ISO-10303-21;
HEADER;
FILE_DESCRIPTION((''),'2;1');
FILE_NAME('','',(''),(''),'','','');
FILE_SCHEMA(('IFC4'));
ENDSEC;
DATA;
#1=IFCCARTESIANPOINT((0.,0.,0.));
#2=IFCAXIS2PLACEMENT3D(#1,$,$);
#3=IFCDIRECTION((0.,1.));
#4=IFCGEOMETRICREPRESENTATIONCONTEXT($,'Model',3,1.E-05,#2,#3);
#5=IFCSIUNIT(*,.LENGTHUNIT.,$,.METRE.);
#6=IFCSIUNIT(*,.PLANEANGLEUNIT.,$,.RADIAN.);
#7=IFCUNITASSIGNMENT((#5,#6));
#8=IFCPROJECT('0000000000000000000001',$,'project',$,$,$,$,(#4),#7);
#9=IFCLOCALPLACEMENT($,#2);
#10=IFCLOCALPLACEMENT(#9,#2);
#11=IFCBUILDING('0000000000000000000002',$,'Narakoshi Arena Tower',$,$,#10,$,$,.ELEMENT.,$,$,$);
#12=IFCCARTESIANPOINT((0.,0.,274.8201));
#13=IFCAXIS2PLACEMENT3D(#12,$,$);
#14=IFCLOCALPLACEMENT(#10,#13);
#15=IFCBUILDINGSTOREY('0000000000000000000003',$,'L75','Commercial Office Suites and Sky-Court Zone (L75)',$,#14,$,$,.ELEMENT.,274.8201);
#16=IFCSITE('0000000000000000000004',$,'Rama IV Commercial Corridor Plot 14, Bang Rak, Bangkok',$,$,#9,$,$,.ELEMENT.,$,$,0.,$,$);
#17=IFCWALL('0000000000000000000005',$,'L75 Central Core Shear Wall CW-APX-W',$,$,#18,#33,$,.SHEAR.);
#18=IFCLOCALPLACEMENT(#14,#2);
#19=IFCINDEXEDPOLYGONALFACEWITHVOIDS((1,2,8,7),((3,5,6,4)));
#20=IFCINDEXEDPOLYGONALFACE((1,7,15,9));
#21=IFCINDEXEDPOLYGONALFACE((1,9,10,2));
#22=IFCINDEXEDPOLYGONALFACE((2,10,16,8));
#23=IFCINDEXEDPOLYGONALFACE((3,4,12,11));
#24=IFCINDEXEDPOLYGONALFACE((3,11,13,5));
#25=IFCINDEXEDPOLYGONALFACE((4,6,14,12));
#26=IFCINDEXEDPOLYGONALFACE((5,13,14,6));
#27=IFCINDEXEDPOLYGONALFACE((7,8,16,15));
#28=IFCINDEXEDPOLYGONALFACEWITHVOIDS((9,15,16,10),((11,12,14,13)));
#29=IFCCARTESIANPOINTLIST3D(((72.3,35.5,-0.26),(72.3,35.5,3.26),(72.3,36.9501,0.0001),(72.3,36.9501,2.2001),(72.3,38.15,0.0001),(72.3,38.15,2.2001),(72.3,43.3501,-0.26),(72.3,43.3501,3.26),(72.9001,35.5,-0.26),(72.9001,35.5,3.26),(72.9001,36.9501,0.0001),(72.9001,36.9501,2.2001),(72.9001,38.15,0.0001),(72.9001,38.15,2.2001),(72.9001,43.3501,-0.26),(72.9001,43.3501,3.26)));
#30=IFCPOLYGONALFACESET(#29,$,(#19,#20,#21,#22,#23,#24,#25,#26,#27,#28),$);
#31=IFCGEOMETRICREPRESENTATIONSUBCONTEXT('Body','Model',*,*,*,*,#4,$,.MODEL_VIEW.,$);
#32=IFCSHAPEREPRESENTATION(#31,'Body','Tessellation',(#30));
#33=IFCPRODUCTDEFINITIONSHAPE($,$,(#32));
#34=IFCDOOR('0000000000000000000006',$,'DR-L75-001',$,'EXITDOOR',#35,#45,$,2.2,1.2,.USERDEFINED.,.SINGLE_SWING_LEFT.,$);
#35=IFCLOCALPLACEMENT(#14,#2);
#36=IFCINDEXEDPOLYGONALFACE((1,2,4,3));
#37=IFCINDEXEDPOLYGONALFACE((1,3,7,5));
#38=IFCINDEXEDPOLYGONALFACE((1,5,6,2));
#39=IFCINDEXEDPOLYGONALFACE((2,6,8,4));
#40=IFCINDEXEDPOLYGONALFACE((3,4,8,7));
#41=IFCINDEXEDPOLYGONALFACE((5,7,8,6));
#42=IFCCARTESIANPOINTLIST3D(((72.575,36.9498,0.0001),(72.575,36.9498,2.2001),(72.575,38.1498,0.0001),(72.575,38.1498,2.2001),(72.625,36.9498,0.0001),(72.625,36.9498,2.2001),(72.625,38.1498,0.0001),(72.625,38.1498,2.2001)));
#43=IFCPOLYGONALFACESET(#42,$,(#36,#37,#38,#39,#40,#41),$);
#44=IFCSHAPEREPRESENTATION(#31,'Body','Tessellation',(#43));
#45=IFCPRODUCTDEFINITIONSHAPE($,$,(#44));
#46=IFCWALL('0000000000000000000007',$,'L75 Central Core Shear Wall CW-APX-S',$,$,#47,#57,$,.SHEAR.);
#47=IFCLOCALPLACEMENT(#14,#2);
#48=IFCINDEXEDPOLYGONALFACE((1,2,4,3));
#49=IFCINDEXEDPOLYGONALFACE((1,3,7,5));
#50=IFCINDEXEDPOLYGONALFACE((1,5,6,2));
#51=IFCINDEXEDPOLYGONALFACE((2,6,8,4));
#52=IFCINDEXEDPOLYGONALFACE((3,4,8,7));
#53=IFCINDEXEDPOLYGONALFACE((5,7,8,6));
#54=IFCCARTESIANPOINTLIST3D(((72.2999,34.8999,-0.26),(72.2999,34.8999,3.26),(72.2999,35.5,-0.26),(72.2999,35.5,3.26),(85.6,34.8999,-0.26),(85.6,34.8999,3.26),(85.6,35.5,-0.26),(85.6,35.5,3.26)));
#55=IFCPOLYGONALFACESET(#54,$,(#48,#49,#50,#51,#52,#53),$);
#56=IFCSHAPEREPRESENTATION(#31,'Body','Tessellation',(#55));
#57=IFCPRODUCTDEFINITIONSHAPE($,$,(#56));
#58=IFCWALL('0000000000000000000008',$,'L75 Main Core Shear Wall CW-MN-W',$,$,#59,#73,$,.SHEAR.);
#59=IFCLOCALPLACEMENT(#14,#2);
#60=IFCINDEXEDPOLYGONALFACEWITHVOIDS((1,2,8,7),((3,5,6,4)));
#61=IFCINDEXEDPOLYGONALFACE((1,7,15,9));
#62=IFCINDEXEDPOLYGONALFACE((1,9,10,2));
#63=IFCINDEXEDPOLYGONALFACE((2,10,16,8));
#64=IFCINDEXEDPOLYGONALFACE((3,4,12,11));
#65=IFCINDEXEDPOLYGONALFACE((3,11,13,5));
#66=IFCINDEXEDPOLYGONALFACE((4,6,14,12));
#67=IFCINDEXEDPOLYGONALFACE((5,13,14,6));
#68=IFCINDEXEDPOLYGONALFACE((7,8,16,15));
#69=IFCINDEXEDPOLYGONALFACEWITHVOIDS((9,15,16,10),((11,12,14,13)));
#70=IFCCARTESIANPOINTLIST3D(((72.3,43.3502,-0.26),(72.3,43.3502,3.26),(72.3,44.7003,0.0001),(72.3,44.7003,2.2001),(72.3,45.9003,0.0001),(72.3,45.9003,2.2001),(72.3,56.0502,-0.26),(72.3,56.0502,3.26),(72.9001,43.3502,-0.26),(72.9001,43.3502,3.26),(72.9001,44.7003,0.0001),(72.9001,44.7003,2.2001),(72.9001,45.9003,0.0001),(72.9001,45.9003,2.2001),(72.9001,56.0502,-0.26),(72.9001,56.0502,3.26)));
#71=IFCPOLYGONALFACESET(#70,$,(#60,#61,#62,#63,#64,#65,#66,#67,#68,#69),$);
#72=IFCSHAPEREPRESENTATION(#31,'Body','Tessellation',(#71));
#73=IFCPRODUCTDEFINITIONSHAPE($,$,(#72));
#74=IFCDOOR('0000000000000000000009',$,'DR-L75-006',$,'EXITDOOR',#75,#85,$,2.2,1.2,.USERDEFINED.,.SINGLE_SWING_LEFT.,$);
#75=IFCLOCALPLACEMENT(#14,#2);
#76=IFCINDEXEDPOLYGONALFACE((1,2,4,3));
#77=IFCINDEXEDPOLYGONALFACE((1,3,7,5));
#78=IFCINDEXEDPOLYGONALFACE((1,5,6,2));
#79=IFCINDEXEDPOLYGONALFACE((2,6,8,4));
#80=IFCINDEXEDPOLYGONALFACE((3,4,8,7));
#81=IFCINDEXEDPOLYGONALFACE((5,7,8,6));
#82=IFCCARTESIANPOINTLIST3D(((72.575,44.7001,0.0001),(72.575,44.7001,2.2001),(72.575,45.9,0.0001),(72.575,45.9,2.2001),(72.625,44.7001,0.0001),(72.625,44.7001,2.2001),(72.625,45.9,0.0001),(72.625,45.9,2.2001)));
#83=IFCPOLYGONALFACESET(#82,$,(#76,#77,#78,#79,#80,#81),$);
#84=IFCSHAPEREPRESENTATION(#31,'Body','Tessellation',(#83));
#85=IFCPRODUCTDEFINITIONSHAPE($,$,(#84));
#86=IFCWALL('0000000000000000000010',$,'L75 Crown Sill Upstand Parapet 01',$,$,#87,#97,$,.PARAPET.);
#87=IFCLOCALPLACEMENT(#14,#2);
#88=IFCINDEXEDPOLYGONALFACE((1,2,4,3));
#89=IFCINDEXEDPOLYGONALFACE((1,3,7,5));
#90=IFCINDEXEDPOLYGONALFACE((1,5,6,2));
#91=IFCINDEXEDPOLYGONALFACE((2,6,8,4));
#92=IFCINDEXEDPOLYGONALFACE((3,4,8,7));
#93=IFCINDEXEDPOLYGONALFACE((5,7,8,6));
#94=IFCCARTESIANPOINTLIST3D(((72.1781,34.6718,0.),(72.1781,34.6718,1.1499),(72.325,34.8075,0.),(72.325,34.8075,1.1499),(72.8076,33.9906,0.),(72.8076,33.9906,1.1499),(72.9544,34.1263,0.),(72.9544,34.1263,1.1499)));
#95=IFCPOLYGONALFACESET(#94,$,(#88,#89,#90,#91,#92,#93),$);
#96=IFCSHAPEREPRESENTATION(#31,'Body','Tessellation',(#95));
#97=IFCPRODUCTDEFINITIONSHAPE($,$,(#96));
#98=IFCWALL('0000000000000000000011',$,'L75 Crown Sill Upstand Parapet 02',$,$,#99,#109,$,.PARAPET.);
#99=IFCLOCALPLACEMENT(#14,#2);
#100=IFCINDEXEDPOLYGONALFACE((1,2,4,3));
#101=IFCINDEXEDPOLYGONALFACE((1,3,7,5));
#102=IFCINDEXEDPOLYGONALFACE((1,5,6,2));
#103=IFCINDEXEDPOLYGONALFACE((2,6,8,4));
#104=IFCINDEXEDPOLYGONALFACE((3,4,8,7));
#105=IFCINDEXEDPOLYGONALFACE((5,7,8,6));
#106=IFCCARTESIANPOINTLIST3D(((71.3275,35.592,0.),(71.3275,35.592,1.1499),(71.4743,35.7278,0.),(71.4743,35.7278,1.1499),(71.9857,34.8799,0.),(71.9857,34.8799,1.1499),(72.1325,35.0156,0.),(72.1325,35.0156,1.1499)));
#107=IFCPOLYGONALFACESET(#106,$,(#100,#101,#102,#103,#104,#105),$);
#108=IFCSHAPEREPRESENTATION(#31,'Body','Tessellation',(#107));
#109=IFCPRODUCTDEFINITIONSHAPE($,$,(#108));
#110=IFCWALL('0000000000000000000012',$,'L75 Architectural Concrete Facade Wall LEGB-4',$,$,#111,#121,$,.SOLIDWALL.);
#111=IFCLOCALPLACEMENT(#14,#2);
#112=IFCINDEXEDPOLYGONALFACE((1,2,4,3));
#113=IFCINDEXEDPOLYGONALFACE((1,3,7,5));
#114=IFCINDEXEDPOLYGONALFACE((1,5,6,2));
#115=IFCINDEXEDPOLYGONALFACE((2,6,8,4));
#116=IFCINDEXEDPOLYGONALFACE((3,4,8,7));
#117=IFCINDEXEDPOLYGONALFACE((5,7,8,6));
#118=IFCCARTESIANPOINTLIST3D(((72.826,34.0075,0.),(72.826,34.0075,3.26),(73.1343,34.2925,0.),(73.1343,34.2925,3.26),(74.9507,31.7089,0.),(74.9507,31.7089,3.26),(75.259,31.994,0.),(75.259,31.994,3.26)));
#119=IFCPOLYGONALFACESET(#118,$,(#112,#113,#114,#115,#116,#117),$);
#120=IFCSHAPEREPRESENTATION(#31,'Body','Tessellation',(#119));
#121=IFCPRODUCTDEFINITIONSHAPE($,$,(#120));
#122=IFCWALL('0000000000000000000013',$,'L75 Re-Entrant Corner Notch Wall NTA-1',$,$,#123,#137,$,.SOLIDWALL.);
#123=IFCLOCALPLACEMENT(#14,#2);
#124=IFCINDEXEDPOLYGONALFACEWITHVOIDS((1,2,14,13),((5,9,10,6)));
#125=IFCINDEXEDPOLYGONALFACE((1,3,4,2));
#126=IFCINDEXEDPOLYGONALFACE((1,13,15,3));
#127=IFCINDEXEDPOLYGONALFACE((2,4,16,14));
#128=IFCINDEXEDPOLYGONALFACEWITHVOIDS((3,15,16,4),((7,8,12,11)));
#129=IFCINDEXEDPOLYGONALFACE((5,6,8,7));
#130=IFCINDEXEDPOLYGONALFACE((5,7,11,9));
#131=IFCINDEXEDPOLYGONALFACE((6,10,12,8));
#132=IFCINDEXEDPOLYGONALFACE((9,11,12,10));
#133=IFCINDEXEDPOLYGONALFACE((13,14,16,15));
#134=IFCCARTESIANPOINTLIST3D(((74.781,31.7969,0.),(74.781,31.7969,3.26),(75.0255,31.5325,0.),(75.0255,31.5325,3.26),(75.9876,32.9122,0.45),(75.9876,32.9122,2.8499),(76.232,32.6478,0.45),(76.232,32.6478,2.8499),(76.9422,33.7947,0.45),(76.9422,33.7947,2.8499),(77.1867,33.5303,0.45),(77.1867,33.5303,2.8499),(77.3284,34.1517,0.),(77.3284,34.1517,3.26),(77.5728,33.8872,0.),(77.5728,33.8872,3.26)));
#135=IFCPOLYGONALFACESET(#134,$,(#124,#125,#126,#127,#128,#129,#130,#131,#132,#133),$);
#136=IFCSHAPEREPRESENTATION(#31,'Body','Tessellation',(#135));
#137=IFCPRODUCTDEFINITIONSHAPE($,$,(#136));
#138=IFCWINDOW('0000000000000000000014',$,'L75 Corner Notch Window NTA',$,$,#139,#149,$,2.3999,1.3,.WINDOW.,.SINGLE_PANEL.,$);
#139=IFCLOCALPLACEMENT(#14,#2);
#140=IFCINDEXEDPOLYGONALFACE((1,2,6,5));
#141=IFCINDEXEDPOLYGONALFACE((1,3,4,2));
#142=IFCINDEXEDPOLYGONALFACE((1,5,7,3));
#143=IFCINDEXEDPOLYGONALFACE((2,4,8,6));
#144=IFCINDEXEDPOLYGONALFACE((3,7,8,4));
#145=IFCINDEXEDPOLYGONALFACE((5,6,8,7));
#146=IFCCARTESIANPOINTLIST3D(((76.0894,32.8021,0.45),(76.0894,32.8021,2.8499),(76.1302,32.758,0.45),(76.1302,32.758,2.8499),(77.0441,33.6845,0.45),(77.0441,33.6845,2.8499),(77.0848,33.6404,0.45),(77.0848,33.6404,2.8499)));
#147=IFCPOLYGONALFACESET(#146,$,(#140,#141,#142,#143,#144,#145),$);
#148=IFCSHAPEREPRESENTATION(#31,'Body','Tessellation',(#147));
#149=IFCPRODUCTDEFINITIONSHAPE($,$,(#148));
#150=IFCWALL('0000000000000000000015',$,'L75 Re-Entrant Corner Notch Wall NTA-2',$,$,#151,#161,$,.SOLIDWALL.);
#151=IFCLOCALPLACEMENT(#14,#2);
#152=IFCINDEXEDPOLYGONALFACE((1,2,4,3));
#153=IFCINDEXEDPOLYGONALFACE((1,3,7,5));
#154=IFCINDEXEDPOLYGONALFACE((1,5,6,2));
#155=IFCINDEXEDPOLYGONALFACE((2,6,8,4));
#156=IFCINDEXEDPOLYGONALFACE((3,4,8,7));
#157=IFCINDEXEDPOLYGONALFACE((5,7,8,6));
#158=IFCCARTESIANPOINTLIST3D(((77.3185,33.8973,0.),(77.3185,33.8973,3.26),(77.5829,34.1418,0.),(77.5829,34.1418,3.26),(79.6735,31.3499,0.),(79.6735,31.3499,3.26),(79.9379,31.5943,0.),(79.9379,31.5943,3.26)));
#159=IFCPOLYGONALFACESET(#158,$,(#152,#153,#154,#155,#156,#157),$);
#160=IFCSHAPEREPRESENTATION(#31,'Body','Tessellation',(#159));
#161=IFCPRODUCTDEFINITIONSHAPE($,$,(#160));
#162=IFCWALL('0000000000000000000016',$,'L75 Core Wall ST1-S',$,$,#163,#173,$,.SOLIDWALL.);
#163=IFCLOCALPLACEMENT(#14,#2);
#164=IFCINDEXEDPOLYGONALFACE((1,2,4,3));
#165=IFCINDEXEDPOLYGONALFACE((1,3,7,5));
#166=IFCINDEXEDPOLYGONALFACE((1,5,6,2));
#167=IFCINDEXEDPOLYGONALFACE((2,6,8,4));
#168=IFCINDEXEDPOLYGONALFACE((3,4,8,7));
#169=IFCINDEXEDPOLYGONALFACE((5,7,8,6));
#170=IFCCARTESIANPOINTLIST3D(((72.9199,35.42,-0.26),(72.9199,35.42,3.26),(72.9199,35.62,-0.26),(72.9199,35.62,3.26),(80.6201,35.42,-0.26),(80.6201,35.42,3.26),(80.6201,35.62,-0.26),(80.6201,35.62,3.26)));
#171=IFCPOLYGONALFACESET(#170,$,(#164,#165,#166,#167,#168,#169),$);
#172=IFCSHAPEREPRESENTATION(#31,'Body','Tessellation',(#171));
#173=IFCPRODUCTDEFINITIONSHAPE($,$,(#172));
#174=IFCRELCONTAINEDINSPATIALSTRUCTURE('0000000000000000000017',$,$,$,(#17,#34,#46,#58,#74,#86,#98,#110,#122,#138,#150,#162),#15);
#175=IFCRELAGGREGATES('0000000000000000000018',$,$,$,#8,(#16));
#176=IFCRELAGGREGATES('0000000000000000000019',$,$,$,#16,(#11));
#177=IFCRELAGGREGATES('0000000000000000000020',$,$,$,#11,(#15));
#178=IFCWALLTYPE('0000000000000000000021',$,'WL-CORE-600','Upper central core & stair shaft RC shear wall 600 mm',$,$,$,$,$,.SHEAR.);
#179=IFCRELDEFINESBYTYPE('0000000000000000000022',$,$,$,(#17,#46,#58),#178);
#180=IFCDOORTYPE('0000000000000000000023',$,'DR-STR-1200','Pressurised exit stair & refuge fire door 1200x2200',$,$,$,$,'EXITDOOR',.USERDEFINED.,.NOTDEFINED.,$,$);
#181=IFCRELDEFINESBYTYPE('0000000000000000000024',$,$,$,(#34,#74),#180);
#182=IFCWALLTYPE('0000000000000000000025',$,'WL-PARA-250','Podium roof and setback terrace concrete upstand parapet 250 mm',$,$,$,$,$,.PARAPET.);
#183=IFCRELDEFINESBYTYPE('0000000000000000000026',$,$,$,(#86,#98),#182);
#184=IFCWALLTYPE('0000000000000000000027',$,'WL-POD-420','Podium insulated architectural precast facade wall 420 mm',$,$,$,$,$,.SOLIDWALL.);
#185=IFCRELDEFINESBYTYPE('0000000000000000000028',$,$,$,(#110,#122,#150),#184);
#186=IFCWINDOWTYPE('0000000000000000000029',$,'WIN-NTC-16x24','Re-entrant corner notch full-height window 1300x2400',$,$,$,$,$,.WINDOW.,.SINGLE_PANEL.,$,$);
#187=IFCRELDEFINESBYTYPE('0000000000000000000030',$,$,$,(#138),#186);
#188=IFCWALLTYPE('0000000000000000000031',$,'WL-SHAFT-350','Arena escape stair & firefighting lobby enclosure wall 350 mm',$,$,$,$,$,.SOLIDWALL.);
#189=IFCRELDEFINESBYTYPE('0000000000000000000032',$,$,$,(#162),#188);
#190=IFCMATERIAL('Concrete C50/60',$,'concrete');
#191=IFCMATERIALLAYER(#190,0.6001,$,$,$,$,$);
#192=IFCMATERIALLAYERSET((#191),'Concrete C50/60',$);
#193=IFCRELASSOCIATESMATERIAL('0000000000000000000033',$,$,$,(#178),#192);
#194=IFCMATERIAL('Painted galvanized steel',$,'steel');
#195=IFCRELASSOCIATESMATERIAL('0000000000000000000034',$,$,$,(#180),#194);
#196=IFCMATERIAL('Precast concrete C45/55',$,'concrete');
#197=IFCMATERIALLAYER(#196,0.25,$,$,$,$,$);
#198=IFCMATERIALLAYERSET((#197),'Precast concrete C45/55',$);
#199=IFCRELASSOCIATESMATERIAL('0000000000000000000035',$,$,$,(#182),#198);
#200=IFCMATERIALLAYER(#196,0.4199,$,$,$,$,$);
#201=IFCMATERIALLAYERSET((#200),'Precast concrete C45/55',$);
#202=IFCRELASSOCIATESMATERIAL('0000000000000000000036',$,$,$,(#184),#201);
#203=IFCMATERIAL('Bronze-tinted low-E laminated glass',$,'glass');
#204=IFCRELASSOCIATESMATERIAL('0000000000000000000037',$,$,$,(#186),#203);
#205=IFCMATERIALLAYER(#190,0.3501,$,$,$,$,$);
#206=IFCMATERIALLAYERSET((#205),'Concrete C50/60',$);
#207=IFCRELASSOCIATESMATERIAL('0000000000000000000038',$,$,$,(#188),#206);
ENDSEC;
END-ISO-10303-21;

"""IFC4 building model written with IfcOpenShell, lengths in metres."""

from ifc_helpers import new_model, si_unit, direction, frame, frame_2d, origin, place, context, subcontext, project, spatial, rectangle, extrude, material, layer, layer_set, type_object, element, fill, save


model = new_model("IFC4")

# Units and contexts
model_context = context("Model", 3, precision=1e-05, world=origin(), true_north=direction((0.0, 1.0)))
body_context = subcontext(model_context, "Body", "Model", "MODEL_VIEW")
ifc_project = project(units=[si_unit("LENGTHUNIT", "METRE"), si_unit("PLANEANGLEUNIT", "RADIAN")], contexts=[model_context])

# Site, building, storey
site_placement = place(None, origin())
site = spatial("IfcSite", under=ifc_project, at=site_placement, Name="Rama IV Commercial Corridor Plot 14, Bang Rak, Bangkok", CompositionType="ELEMENT", RefElevation=0.0)
building_placement = place(site_placement, origin())
building = spatial("IfcBuilding", under=site, at=building_placement, Name="Narakoshi Arena Tower", CompositionType="ELEMENT")
storey_placement = place(building_placement, frame((0.0, 0.0, 274.8201)))
storey = spatial("IfcBuildingStorey", under=building, at=storey_placement, Name="L75", Description="Commercial Office Suites and Sky-Court Zone (L75)", CompositionType="ELEMENT", Elevation=274.8201)

# Wall, opening, door
ifc_material_1 = material(Name="Concrete C50/60", Category="concrete")
ifc_layer_1 = layer(ifc_material_1, 0.6001)
ifc_layer_set_1 = layer_set([ifc_layer_1], Name="Concrete C50/60")
wall_type_1 = type_object("IfcWallType", Name="WL-CORE-600", Description="Upper central core & stair shaft RC shear wall 600 mm", PredefinedType="SHEAR", material=ifc_layer_set_1)
wall_1_placement = place(storey_placement, frame((72.6001, 35.5, -0.26), z_axis=(0.0, 0.0, 1.0), x_axis=(0.0, 1.0, 0.0)))
wall_1 = element("IfcWall", 1, at=wall_1_placement, inside=storey, type_object=wall_type_1, Name="L75 Central Core Shear Wall CW-APX-W", PredefinedType="SHEAR", context=body_context, shape_type="SweptSolid", body=[
    extrude(rectangle(XDim=7.8501, YDim=0.6001, at=frame_2d((3.925, 0.0))), origin(), (0.0, 0.0, 1.0), 3.52),
])
opening_1_placement = place(wall_1_placement, frame((1.45, 0.0, 0.26)))
opening_1 = element("IfcOpeningElement", 2, at=opening_1_placement, cuts=wall_1, PredefinedType="OPENING", context=body_context, shape_type="SweptSolid", body=[
    extrude(rectangle(XDim=1.2, YDim=2.2, at=frame_2d((0.6001, 1.1001))), frame((0.0, 0.3101, 0.0), z_axis=(0.0, -1.0, 0.0), x_axis=(1.0, 0.0, 0.0)), (0.0, 0.0, 1.0), 0.6201),
])
ifc_material_2 = material(Name="Painted galvanized steel", Category="steel")
door_type = type_object("IfcDoorType", Name="DR-STR-1200", Description="Pressurised exit stair & refuge fire door 1200x2200", ElementType="EXITDOOR", OperationType="NOTDEFINED", PredefinedType="USERDEFINED", material=ifc_material_2)
door_1_placement = place(opening_1_placement, frame((1.2, 0.0, 0.0), z_axis=(0.0, 0.0, 1.0), x_axis=(-1.0, 0.0, 0.0)))
door_1 = element("IfcDoor", 3, at=door_1_placement, inside=storey, type_object=door_type, Name="DR-L75-001", ObjectType="EXITDOOR", OperationType="SINGLE_SWING_LEFT", OverallHeight=2.2, OverallWidth=1.2, PredefinedType="USERDEFINED", context=body_context, shape_type="SweptSolid", body=[
    extrude(rectangle(XDim=1.2, YDim=2.2, at=frame_2d((0.6001, 1.1001))), frame((0.0, 0.0249, 0.0), z_axis=(0.0, -1.0, 0.0), x_axis=(1.0, 0.0, 0.0)), (0.0, 0.0, 1.0), 0.05),
])
fill(opening_1, door_1)

# Wall
wall_2_placement = place(storey_placement, frame((72.3, 35.2, -0.26), z_axis=(0.0, 0.0, 1.0), x_axis=(1.0, 0.0, 0.0)))
element("IfcWall", 4, at=wall_2_placement, inside=storey, type_object=wall_type_1, Name="L75 Central Core Shear Wall CW-APX-S", PredefinedType="SHEAR", context=body_context, shape_type="SweptSolid", body=[
    extrude(rectangle(XDim=13.3, YDim=0.6001, at=frame_2d((6.6499, 0.0))), origin(), (0.0, 0.0, 1.0), 3.52),
])

# Wall, opening, door
wall_3_placement = place(storey_placement, frame((72.6001, 43.3501, -0.26), z_axis=(0.0, 0.0, 1.0), x_axis=(0.0, 1.0, 0.0)))
wall_3 = element("IfcWall", 5, at=wall_3_placement, inside=storey, type_object=wall_type_1, Name="L75 Main Core Shear Wall CW-MN-W", PredefinedType="SHEAR", context=body_context, shape_type="SweptSolid", body=[
    extrude(rectangle(XDim=12.7, YDim=0.6001, at=frame_2d((6.3501, 0.0))), origin(), (0.0, 0.0, 1.0), 3.52),
])
opening_2_placement = place(wall_3_placement, frame((1.3501, 0.0, 0.26)))
opening_2 = element("IfcOpeningElement", 6, at=opening_2_placement, cuts=wall_3, PredefinedType="OPENING", context=body_context, shape_type="SweptSolid", body=[
    extrude(rectangle(XDim=1.2, YDim=2.2, at=frame_2d((0.6001, 1.1001))), frame((0.0, 0.3101, 0.0), z_axis=(0.0, -1.0, 0.0), x_axis=(1.0, 0.0, 0.0)), (0.0, 0.0, 1.0), 0.6201),
])
door_2_placement = place(opening_2_placement, frame((1.2, 0.0, 0.0), z_axis=(0.0, 0.0, 1.0), x_axis=(-1.0, 0.0, 0.0)))
door_2 = element("IfcDoor", 7, at=door_2_placement, inside=storey, type_object=door_type, Name="DR-L75-006", ObjectType="EXITDOOR", OperationType="SINGLE_SWING_LEFT", OverallHeight=2.2, OverallWidth=1.2, PredefinedType="USERDEFINED", context=body_context, shape_type="SweptSolid", body=[
    extrude(rectangle(XDim=1.2, YDim=2.2, at=frame_2d((0.6001, 1.1001))), frame((0.0, 0.0249, 0.0), z_axis=(0.0, -1.0, 0.0), x_axis=(1.0, 0.0, 0.0)), (0.0, 0.0, 1.0), 0.05),
])
fill(opening_2, door_2)

# Walls
ifc_material_3 = material(Name="Precast concrete C45/55", Category="concrete")
ifc_layer_2 = layer(ifc_material_3, 0.25)
ifc_layer_set_2 = layer_set([ifc_layer_2], Name="Precast concrete C45/55")
wall_type_2 = type_object("IfcWallType", Name="WL-PARA-250", Description="Podium roof and setback terrace concrete upstand parapet 250 mm", PredefinedType="PARAPET", material=ifc_layer_set_2)
wall_4_placement = place(storey_placement, frame((72.8811, 34.0583, 0.0), z_axis=(0.0, 0.0, 1.0), x_axis=(-0.678652, 0.73446, 0.0)))
element("IfcWall", 8, at=wall_4_placement, inside=storey, type_object=wall_type_2, Name="L75 Crown Sill Upstand Parapet 01", PredefinedType="PARAPET", context=body_context, shape_type="SweptSolid", body=[
    extrude(rectangle(XDim=0.9275, YDim=0.2, at=frame_2d((0.4639, 0.0))), origin(), (0.0, 0.0, 1.0), 1.1499),
])
wall_5_placement = place(storey_placement, frame((72.0591, 34.9478, 0.0), z_axis=(0.0, 0.0, 1.0), x_axis=(-0.67874, 0.734379, 0.0)))
element("IfcWall", 9, at=wall_5_placement, inside=storey, type_object=wall_type_2, Name="L75 Crown Sill Upstand Parapet 02", PredefinedType="PARAPET", context=body_context, shape_type="SweptSolid", body=[
    extrude(rectangle(XDim=0.9697, YDim=0.2, at=frame_2d((0.4849, 0.0))), origin(), (0.0, 0.0, 1.0), 1.1499),
])
ifc_layer_3 = layer(ifc_material_3, 0.4199)
ifc_layer_set_3 = layer_set([ifc_layer_3], Name="Precast concrete C45/55")
wall_type_3 = type_object("IfcWallType", Name="WL-POD-420", Description="Podium insulated architectural precast facade wall 420 mm", PredefinedType="SOLIDWALL", material=ifc_layer_set_3)
wall_6_placement = place(storey_placement, frame((72.9802, 34.1499, 0.0), z_axis=(0.0, 0.0, 1.0), x_axis=(0.678795, -0.734328, 0.0)))
element("IfcWall", 10, at=wall_6_placement, inside=storey, type_object=wall_type_3, Name="L75 Architectural Concrete Facade Wall LEGB-4", PredefinedType="SOLIDWALL", context=body_context, shape_type="SweptSolid", body=[
    extrude(rectangle(XDim=3.1301, YDim=0.4199, at=frame_2d((1.5649, 0.0))), origin(), (0.0, 0.0, 1.0), 3.26),
])

# Wall, opening, window
wall_7_placement = place(storey_placement, frame((74.9033, 31.6648, 0.0), z_axis=(0.0, 0.0, 1.0), x_axis=(0.734326, 0.678797, 0.0)))
wall_7 = element("IfcWall", 11, at=wall_7_placement, inside=storey, type_object=wall_type_3, Name="L75 Re-Entrant Corner Notch Wall NTA-1", PredefinedType="SOLIDWALL", context=body_context, shape_type="SweptSolid", body=[
    extrude(rectangle(XDim=3.469, YDim=0.3601, at=frame_2d((1.7344, 0.0))), origin(), (0.0, 0.0, 1.0), 3.26),
])
opening_3_placement = place(wall_7_placement, frame((1.6431, 0.0, 0.45)))
opening_3 = element("IfcOpeningElement", 12, at=opening_3_placement, cuts=wall_7, PredefinedType="OPENING", context=body_context, shape_type="SweptSolid", body=[
    extrude(rectangle(XDim=1.3, YDim=2.3999, at=frame_2d((0.6499, 1.2))), frame((0.0, 0.1899, 0.0), z_axis=(0.0, -1.0, 0.0), x_axis=(1.0, 0.0, 0.0)), (0.0, 0.0, 1.0), 0.3801),
])
ifc_material_4 = material(Name="Bronze-tinted low-E laminated glass", Category="glass")
window_type = type_object("IfcWindowType", Name="WIN-NTC-16x24", Description="Re-entrant corner notch full-height window 1300x2400", PartitioningType="SINGLE_PANEL", PredefinedType="WINDOW", material=ifc_material_4)
window_placement = place(opening_3_placement, origin())
window = element("IfcWindow", 13, at=window_placement, inside=storey, type_object=window_type, Name="L75 Corner Notch Window NTA", OverallHeight=2.3999, OverallWidth=1.3, PartitioningType="SINGLE_PANEL", PredefinedType="WINDOW", context=body_context, shape_type="SweptSolid", body=[
    extrude(rectangle(XDim=1.3, YDim=2.3999, at=frame_2d((0.6499, 1.2))), frame((0.0, 0.03, 0.0), z_axis=(0.0, -1.0, 0.0), x_axis=(1.0, 0.0, 0.0)), (0.0, 0.0, 1.0), 0.0601),
])
fill(opening_3, window)

# Walls
wall_8_placement = place(storey_placement, frame((77.4507, 34.0195, 0.0), z_axis=(0.0, 0.0, 1.0), x_axis=(0.678835, -0.734291, 0.0)))
element("IfcWall", 14, at=wall_8_placement, inside=storey, type_object=wall_type_3, Name="L75 Re-Entrant Corner Notch Wall NTA-2", PredefinedType="SOLIDWALL", context=body_context, shape_type="SweptSolid", body=[
    extrude(rectangle(XDim=3.4692, YDim=0.3601, at=frame_2d((1.7346, 0.0))), origin(), (0.0, 0.0, 1.0), 3.26),
])
ifc_layer_4 = layer(ifc_material_1, 0.3501)
ifc_layer_set_4 = layer_set([ifc_layer_4], Name="Concrete C50/60")
wall_type_4 = type_object("IfcWallType", Name="WL-SHAFT-350", Description="Arena escape stair & firefighting lobby enclosure wall 350 mm", PredefinedType="SOLIDWALL", material=ifc_layer_set_4)
for number, where, z_axis, x_axis, name in (
    (15, (72.9199, 35.52, -0.26), (0.0, 0.0, 1.0), (1.0, 0.0, 0.0), "L75 Core Wall ST1-S"),
):
    element("IfcWall", number, at=place(storey_placement, frame(where, z_axis=z_axis, x_axis=x_axis)), inside=storey, type_object=wall_type_4, Name=name, PredefinedType="SOLIDWALL", context=body_context, shape_type="SweptSolid", body=[
        extrude(rectangle(XDim=7.7002, YDim=0.2, at=frame_2d((3.8501, 0.0))), origin(), (0.0, 0.0, 1.0), 3.52),
    ])

save(model, "model.ifc")
